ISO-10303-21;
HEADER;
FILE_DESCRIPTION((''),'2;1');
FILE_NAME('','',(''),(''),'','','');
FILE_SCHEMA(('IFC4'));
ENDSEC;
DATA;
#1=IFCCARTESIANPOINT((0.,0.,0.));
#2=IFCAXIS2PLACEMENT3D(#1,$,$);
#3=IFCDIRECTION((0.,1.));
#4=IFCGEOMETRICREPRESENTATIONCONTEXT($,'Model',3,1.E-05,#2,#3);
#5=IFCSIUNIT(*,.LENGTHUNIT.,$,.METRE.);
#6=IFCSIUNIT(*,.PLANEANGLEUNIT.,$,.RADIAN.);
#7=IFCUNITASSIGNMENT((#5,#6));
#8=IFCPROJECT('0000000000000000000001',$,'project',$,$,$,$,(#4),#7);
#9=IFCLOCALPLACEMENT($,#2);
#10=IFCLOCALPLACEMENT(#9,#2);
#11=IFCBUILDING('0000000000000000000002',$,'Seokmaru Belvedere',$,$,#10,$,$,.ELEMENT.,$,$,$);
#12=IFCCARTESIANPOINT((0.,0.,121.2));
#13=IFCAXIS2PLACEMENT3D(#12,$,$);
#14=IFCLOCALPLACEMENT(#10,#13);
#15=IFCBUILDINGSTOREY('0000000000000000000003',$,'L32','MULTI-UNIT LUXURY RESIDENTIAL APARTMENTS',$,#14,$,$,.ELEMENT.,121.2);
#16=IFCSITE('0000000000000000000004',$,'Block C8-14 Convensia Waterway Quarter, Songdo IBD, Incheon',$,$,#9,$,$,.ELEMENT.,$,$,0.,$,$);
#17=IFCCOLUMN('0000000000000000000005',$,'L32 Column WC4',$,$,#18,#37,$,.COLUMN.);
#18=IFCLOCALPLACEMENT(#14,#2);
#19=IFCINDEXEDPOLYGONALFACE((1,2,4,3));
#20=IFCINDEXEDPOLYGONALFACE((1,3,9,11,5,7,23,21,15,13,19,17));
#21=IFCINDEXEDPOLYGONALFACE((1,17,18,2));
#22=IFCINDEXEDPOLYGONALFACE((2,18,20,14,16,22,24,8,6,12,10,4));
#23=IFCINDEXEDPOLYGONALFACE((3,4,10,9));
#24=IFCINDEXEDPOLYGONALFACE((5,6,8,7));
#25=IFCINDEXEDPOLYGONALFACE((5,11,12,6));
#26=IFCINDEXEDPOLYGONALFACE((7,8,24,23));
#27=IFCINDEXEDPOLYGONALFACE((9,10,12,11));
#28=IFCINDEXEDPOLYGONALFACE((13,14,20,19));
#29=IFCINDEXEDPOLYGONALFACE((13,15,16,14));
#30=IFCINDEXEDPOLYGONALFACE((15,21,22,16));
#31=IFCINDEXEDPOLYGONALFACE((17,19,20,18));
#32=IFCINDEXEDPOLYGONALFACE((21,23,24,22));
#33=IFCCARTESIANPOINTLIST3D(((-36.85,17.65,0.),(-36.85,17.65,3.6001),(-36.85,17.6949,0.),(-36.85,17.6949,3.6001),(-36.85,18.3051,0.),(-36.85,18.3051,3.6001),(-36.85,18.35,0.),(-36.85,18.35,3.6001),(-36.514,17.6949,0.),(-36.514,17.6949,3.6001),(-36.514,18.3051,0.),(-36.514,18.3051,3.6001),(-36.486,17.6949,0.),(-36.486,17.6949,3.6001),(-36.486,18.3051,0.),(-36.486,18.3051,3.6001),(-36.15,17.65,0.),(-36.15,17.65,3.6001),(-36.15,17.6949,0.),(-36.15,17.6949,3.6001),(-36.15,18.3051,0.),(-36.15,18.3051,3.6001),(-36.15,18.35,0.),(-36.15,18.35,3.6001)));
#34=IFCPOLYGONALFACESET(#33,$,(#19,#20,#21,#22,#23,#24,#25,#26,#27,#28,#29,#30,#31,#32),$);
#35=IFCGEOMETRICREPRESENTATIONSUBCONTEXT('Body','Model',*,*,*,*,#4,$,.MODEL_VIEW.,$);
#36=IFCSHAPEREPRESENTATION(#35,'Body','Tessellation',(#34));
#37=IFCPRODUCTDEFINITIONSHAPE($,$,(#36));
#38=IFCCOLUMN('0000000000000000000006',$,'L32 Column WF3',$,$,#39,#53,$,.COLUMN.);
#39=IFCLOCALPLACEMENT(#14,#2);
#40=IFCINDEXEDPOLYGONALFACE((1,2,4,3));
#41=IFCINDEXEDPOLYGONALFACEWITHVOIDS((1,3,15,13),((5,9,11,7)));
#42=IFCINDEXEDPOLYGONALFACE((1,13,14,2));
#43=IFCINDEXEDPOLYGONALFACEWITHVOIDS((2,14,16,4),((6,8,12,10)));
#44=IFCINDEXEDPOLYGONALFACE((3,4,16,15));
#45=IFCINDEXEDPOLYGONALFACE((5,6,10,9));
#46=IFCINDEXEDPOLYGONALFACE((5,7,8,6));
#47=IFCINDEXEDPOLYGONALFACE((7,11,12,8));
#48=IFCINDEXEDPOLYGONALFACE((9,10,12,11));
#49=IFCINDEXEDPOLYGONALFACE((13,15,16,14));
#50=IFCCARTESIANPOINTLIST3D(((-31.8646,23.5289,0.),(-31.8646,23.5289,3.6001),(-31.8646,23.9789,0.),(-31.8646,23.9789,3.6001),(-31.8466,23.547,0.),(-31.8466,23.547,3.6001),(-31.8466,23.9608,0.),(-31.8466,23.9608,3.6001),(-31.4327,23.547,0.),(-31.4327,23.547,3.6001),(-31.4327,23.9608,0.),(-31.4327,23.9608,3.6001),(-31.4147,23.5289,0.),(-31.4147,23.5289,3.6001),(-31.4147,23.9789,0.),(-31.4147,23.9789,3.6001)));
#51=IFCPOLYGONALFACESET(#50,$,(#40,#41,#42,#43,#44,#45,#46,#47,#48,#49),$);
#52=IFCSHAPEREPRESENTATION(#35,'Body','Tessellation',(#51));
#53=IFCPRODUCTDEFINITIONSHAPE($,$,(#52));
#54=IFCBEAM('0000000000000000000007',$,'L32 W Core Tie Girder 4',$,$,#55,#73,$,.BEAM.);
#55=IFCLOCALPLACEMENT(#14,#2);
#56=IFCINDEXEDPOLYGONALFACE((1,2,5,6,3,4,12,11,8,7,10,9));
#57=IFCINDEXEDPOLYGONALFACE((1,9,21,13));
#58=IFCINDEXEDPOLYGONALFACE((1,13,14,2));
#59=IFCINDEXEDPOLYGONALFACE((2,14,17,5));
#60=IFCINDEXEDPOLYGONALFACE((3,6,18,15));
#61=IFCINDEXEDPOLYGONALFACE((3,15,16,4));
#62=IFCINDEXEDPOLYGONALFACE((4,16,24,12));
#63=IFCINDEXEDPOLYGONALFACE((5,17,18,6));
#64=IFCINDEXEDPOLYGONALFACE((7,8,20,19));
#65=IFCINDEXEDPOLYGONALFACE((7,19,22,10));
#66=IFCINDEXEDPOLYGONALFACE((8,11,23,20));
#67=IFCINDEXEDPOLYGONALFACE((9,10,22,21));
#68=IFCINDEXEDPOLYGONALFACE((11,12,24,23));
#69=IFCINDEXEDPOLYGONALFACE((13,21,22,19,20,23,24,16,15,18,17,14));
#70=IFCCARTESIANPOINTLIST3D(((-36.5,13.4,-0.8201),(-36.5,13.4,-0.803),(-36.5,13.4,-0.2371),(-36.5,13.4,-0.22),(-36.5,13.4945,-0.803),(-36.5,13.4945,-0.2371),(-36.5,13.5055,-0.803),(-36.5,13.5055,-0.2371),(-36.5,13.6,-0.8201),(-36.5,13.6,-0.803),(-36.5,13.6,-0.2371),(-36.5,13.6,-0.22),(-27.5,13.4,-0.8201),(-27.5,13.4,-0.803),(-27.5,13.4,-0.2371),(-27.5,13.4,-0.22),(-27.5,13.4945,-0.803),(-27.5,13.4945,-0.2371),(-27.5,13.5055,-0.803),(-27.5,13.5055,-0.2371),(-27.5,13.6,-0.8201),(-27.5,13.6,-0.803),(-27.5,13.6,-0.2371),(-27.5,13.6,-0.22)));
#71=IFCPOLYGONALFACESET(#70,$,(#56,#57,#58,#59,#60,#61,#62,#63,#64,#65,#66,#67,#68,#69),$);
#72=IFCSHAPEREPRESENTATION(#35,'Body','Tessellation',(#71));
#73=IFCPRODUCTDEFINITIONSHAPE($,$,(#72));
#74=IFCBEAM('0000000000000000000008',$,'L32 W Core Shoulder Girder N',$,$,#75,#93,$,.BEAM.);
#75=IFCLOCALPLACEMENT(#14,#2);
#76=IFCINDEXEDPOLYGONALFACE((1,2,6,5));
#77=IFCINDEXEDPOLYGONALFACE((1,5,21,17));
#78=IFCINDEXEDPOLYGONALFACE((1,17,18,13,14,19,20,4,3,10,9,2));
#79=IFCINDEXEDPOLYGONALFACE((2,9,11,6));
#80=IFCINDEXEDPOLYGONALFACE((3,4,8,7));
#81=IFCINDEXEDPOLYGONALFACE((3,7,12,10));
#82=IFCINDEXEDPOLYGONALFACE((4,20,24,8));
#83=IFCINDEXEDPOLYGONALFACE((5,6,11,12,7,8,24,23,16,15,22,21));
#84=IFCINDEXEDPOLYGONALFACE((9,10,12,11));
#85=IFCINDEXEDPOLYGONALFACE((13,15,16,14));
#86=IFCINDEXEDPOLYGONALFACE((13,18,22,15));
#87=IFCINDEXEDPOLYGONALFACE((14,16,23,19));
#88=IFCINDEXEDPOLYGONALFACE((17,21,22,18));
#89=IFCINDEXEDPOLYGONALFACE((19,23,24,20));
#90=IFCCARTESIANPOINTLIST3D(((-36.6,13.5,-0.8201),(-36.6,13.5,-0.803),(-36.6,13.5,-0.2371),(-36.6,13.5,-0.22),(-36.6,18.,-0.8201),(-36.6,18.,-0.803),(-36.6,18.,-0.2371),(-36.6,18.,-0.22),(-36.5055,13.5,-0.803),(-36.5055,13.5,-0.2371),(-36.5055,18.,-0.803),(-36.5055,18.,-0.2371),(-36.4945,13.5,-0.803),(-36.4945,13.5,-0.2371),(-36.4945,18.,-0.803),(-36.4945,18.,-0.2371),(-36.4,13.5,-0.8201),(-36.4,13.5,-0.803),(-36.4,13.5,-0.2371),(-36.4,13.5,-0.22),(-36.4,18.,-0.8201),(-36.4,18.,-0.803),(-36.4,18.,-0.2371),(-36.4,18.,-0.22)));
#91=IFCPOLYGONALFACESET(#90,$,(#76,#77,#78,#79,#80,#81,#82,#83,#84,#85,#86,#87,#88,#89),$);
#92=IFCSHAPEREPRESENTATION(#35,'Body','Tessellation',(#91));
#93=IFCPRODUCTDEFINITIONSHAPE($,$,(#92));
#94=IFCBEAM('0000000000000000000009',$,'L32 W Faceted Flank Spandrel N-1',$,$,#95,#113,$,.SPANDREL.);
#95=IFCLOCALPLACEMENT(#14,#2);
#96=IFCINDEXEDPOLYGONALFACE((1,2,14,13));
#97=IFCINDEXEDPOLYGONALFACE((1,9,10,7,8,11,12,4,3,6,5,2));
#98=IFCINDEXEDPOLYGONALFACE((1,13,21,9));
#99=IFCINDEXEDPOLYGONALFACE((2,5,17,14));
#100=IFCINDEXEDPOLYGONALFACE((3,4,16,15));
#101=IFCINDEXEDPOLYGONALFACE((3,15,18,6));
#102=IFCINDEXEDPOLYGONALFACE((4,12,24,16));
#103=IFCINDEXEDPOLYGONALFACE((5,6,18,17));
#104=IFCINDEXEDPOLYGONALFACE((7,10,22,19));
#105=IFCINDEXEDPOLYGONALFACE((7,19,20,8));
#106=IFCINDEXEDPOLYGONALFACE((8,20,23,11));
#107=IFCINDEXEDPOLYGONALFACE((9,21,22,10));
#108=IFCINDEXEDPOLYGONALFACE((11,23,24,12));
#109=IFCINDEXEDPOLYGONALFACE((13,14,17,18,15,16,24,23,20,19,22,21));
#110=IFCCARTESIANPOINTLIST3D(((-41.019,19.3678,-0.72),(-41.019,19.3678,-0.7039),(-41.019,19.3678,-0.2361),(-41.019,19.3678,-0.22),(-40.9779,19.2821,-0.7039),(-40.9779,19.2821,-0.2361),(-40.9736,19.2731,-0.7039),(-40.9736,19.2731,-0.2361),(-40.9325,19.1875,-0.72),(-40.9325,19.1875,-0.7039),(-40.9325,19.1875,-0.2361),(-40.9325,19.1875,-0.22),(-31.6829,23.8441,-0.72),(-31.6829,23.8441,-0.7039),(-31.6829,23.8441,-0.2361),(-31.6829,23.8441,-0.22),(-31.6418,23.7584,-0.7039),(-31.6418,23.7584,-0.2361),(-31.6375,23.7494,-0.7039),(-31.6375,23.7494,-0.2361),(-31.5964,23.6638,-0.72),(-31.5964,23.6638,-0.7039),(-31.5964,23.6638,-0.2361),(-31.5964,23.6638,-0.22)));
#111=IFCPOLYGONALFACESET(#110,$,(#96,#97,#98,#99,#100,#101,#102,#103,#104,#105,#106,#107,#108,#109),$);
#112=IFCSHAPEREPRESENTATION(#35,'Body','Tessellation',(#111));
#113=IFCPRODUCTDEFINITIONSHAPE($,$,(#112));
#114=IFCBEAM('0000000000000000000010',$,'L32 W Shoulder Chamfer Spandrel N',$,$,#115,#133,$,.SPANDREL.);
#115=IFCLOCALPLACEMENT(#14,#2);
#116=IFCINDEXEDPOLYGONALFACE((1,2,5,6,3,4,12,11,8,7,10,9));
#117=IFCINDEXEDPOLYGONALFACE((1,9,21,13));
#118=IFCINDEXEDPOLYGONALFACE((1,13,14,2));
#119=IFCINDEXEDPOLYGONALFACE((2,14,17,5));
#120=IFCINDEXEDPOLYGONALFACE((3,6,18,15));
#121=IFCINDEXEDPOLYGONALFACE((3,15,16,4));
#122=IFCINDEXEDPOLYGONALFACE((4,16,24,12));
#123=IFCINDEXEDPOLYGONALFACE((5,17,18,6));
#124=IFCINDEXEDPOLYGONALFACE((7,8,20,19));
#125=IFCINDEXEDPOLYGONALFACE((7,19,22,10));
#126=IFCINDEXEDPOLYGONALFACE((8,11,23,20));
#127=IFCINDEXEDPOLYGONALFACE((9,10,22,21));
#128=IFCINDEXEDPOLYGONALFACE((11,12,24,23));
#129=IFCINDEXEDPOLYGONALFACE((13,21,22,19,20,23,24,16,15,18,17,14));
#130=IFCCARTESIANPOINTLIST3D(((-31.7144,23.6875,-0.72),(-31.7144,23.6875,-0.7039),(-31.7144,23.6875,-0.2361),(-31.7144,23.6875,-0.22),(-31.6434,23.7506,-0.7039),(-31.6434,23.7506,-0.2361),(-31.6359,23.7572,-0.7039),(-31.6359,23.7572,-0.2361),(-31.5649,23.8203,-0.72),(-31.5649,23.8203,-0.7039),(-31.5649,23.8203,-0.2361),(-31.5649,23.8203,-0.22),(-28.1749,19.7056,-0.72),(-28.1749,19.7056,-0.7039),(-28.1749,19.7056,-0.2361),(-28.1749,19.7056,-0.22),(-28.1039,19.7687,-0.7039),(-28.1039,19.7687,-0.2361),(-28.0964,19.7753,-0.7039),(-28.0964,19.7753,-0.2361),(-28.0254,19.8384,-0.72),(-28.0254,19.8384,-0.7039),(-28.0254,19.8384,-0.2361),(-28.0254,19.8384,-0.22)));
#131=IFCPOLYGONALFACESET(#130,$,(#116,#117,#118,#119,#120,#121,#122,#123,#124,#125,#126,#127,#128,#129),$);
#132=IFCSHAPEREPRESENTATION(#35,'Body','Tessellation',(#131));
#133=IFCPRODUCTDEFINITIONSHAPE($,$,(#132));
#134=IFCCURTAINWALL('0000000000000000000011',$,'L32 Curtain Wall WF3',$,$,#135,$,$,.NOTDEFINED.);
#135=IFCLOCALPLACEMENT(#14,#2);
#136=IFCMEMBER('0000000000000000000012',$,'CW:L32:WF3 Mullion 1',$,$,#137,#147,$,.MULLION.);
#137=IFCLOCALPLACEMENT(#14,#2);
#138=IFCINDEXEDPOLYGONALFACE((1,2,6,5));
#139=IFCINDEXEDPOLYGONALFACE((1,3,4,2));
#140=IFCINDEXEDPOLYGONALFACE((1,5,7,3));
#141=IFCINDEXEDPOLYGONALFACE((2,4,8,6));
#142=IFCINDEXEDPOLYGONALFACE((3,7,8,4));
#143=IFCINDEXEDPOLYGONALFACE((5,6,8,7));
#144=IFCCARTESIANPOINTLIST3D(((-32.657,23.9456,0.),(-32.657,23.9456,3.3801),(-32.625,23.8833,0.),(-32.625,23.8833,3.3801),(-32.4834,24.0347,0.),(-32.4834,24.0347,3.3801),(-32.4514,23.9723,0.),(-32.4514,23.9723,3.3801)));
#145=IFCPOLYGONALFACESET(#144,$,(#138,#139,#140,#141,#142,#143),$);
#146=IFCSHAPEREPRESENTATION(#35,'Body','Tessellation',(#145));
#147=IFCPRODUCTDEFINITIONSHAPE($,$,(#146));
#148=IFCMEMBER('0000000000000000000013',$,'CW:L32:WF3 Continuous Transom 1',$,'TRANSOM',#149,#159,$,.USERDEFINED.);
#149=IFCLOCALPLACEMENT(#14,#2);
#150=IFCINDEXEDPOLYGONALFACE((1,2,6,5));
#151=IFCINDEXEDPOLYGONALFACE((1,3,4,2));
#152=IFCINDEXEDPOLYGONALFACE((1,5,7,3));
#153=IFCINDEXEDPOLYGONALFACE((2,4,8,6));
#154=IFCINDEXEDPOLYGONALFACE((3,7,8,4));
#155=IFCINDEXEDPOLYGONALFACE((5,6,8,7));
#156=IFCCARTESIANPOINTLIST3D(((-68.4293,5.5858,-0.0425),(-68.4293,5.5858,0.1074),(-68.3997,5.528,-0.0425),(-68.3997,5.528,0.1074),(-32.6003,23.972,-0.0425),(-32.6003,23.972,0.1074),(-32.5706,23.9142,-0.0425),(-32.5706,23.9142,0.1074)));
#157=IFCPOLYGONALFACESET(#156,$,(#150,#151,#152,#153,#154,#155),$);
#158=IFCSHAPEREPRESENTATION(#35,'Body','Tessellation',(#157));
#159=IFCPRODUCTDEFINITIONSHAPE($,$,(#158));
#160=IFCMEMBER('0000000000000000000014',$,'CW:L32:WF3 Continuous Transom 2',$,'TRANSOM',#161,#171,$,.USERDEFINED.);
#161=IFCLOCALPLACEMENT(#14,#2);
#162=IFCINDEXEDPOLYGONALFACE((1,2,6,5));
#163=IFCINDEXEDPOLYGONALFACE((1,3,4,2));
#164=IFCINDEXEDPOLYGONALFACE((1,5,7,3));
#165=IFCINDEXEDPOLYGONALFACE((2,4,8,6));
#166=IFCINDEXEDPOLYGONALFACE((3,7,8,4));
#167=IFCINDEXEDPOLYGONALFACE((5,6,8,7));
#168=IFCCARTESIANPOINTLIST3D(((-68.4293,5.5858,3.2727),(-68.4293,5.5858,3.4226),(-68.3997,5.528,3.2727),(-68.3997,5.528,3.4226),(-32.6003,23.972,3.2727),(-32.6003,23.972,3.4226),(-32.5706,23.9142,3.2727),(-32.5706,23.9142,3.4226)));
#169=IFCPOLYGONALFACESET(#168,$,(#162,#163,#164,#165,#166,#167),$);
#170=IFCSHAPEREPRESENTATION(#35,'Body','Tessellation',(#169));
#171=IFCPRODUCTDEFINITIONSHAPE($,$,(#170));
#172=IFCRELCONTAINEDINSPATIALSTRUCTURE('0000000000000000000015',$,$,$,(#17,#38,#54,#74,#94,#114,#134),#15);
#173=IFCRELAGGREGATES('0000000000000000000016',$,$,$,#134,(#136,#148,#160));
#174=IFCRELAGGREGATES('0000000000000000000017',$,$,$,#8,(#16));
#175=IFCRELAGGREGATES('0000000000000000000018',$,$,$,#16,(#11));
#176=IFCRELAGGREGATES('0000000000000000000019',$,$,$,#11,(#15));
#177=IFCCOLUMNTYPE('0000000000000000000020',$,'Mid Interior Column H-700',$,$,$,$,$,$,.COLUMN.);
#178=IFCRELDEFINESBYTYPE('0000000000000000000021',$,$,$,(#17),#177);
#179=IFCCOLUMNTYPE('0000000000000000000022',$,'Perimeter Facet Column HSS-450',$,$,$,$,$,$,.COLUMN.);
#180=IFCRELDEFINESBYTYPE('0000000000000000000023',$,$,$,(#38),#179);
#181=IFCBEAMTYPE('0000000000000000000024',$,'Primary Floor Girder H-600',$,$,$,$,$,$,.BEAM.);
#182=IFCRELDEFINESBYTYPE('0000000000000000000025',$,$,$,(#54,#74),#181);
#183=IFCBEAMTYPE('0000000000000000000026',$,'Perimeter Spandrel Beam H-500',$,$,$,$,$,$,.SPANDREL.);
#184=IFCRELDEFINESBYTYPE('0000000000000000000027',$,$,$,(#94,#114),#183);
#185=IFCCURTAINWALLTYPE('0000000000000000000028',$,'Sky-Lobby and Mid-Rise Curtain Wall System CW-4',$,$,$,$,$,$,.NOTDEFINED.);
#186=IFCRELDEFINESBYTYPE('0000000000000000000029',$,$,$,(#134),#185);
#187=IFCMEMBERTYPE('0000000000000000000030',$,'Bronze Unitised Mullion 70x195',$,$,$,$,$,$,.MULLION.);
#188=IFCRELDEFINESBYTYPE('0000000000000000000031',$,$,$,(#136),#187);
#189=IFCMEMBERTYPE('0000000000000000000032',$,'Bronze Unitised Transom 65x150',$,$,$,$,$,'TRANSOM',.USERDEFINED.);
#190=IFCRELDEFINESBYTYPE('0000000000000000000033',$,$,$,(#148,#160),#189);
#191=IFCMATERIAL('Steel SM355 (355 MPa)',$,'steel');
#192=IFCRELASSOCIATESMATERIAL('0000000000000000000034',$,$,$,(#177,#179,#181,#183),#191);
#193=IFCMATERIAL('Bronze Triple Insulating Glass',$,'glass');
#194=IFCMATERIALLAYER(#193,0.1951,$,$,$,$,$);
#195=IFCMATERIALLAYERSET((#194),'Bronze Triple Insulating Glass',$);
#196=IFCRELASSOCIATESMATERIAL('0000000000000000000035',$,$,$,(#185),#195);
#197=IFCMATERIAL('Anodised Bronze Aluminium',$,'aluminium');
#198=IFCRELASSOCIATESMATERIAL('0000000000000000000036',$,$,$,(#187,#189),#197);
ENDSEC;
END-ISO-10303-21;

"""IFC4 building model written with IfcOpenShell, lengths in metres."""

from ifc_helpers import new_model, si_unit, direction, frame, origin, origin_2d, place, context, subcontext, project, spatial, rectangle, hollow_rectangle, i_section, extrude, source, transform, mapped, material, layer, layer_set, material_profile, profile_set, type_object, type_shapes, element, aggregate, save


model = new_model("IFC4")

# Units and contexts
model_context = context("Model", 3, precision=1e-05, world=origin(), true_north=direction((0.0, 1.0)))
body_context = subcontext(model_context, "Body", "Model", "MODEL_VIEW")
ifc_project = project(units=[si_unit("LENGTHUNIT", "METRE"), si_unit("PLANEANGLEUNIT", "RADIAN")], contexts=[model_context])

# Site, building, storey
site_placement = place(None, origin())
site = spatial("IfcSite", under=ifc_project, at=site_placement, Name="Block C8-14 Convensia Waterway Quarter, Songdo IBD, Incheon", CompositionType="ELEMENT", RefElevation=0.0)
building_placement = place(site_placement, origin())
building = spatial("IfcBuilding", under=site, at=building_placement, Name="Seokmaru Belvedere", CompositionType="ELEMENT")
storey_placement = place(building_placement, frame((0.0, 0.0, 121.2)))
storey = spatial("IfcBuildingStorey", under=building, at=storey_placement, Name="L32", Description="MULTI-UNIT LUXURY RESIDENTIAL APARTMENTS", CompositionType="ELEMENT", Elevation=121.2)

# Columns
ifc_material_1 = material(Name="Steel SM355 (355 MPa)", Category="steel")
ifc_material_profile_1 = material_profile(ifc_material_1, i_section(OverallWidth=0.7, OverallDepth=0.7, WebThickness=0.0281, FlangeThickness=0.0449, at=origin_2d()), Name="H-700x700x28x45")
ifc_profile_set_1 = profile_set([ifc_material_profile_1], Name="Steel SM355 (355 MPa)")
column_type_1 = type_object("IfcColumnType", Name="Mid Interior Column H-700", PredefinedType="COLUMN", material=ifc_profile_set_1)
shared_shape_1 = source(origin(), body_context, "Body", "SweptSolid", [
    extrude(i_section(OverallWidth=0.7, OverallDepth=0.7, WebThickness=0.0281, FlangeThickness=0.0449, at=origin_2d()), origin(), (0.0, 0.0, 1.0), 3.6001),
])
type_shapes(column_type_1, [shared_shape_1])
column_1_placement = place(storey_placement, frame((-36.5, 18.0, 0.0), z_axis=(0.0, 0.0, 1.0), x_axis=(1.0, 0.0, 0.0)))
element("IfcColumn", 1, at=column_1_placement, inside=storey, type_object=column_type_1, Name="L32 Column WC4", PredefinedType="COLUMN", context=body_context, shape_type="MappedRepresentation", body=[
    mapped(shared_shape_1, transform((0.0, 0.0, 0.0), scale=1.0)),
])
ifc_material_profile_2 = material_profile(ifc_material_1, hollow_rectangle(XDim=0.45, YDim=0.45, WallThickness=0.0181, at=origin_2d()), Name="HSS-450x450x18")
ifc_profile_set_2 = profile_set([ifc_material_profile_2], Name="Steel SM355 (355 MPa)")
column_type_2 = type_object("IfcColumnType", Name="Perimeter Facet Column HSS-450", PredefinedType="COLUMN", material=ifc_profile_set_2)
shared_shape_2 = source(origin(), body_context, "Body", "SweptSolid", [
    extrude(hollow_rectangle(XDim=0.45, YDim=0.45, WallThickness=0.0181, at=origin_2d()), origin(), (0.0, 0.0, 1.0), 3.6001),
])
type_shapes(column_type_2, [shared_shape_2])
column_2_placement = place(storey_placement, frame((-31.6396, 23.7539, 0.0), z_axis=(0.0, 0.0, 1.0), x_axis=(1.0, 0.0, 0.0)))
element("IfcColumn", 2, at=column_2_placement, inside=storey, type_object=column_type_2, Name="L32 Column WF3", PredefinedType="COLUMN", context=body_context, shape_type="MappedRepresentation", body=[
    mapped(shared_shape_2, transform((0.0, 0.0, 0.0), scale=1.0)),
])

# Beams
ifc_material_profile_3 = material_profile(ifc_material_1, i_section(OverallWidth=0.2, OverallDepth=0.6001, WebThickness=0.011, FlangeThickness=0.0171, at=origin_2d()), Name="H-600x200x11x17")
ifc_profile_set_3 = profile_set([ifc_material_profile_3], Name="Steel SM355 (355 MPa)")
beam_type_1 = type_object("IfcBeamType", Name="Primary Floor Girder H-600", PredefinedType="BEAM", material=ifc_profile_set_3)
shared_shape_3 = source(origin(), body_context, "Body", "SweptSolid", [
    extrude(i_section(OverallWidth=0.2, OverallDepth=0.6001, WebThickness=0.011, FlangeThickness=0.0171, at=origin_2d()), origin(), (0.0, 0.0, 1.0), 9.0),
])
beam_1_placement = place(storey_placement, frame((-36.5, 13.5, -0.52), z_axis=(1.0, 0.0, 0.0), x_axis=(0.0, 1.0, 0.0)))
element("IfcBeam", 3, at=beam_1_placement, inside=storey, type_object=beam_type_1, Name="L32 W Core Tie Girder 4", PredefinedType="BEAM", context=body_context, shape_type="MappedRepresentation", body=[
    mapped(shared_shape_3, transform((0.0, 0.0, 0.0), scale=1.0)),
])
shared_shape_4 = source(origin(), body_context, "Body", "SweptSolid", [
    extrude(i_section(OverallWidth=0.2, OverallDepth=0.6001, WebThickness=0.011, FlangeThickness=0.0171, at=origin_2d()), origin(), (0.0, 0.0, 1.0), 4.5),
])
type_shapes(beam_type_1, [shared_shape_3, shared_shape_4])
beam_2_placement = place(storey_placement, frame((-36.5, 13.5, -0.52), z_axis=(0.0, 1.0, 0.0), x_axis=(-1.0, 0.0, 0.0)))
element("IfcBeam", 4, at=beam_2_placement, inside=storey, type_object=beam_type_1, Name="L32 W Core Shoulder Girder N", PredefinedType="BEAM", context=body_context, shape_type="MappedRepresentation", body=[
    mapped(shared_shape_4, transform((0.0, 0.0, 0.0), scale=1.0)),
])
ifc_material_profile_4 = material_profile(ifc_material_1, i_section(OverallWidth=0.2, OverallDepth=0.5, WebThickness=0.01, FlangeThickness=0.0161, at=origin_2d()), Name="H-500x200x10x16")
ifc_profile_set_4 = profile_set([ifc_material_profile_4], Name="Steel SM355 (355 MPa)")
beam_type_2 = type_object("IfcBeamType", Name="Perimeter Spandrel Beam H-500", PredefinedType="SPANDREL", material=ifc_profile_set_4)
shared_shape_5 = source(origin(), body_context, "Body", "SweptSolid", [
    extrude(i_section(OverallWidth=0.2, OverallDepth=0.5, WebThickness=0.01, FlangeThickness=0.0161, at=origin_2d()), origin(), (0.0, 0.0, 1.0), 10.3538),
])
beam_3_placement = place(storey_placement, frame((-31.6396, 23.7539, -0.47), z_axis=(-0.901713, -0.432335, 0.0), x_axis=(0.432335, -0.901713, 0.0)))
element("IfcBeam", 5, at=beam_3_placement, inside=storey, type_object=beam_type_2, Name="L32 W Faceted Flank Spandrel N-1", PredefinedType="SPANDREL", context=body_context, shape_type="MappedRepresentation", body=[
    mapped(shared_shape_5, transform((0.0, 0.0, 0.0), scale=1.0)),
])
shared_shape_6 = source(origin(), body_context, "Body", "SweptSolid", [
    extrude(i_section(OverallWidth=0.2, OverallDepth=0.5, WebThickness=0.01, FlangeThickness=0.0161, at=origin_2d()), origin(), (0.0, 0.0, 1.0), 5.3276),
])
type_shapes(beam_type_2, [shared_shape_5, shared_shape_6])
beam_4_placement = place(storey_placement, frame((-31.6396, 23.7539, -0.47), z_axis=(0.66437, -0.747404, 0.0), x_axis=(0.747404, 0.66437, 0.0)))
element("IfcBeam", 6, at=beam_4_placement, inside=storey, type_object=beam_type_2, Name="L32 W Shoulder Chamfer Spandrel N", PredefinedType="SPANDREL", context=body_context, shape_type="MappedRepresentation", body=[
    mapped(shared_shape_6, transform((0.0, 0.0, 0.0), scale=1.0)),
])

# Curtain wall, members
ifc_material_2 = material(Name="Bronze Triple Insulating Glass", Category="glass")
ifc_layer_1 = layer(ifc_material_2, 0.1951)
ifc_layer_set_1 = layer_set([ifc_layer_1], Name="Bronze Triple Insulating Glass")
curtain_wall_type = type_object("IfcCurtainWallType", Name="Sky-Lobby and Mid-Rise Curtain Wall System CW-4", PredefinedType="NOTDEFINED", material=ifc_layer_set_1)
curtain_wall_placement = place(storey_placement, origin())
curtain_wall = element("IfcCurtainWall", 7, at=curtain_wall_placement, inside=storey, type_object=curtain_wall_type, Name="L32 Curtain Wall WF3", PredefinedType="NOTDEFINED")
ifc_material_3 = material(Name="Anodised Bronze Aluminium", Category="aluminium")
ifc_material_profile_5 = material_profile(ifc_material_3, rectangle(XDim=0.0701, YDim=0.1951, at=origin_2d()), Name="CW-M-70x195")
ifc_profile_set_5 = profile_set([ifc_material_profile_5], Name="Anodised Bronze Aluminium")
member_type_1 = type_object("IfcMemberType", Name="Bronze Unitised Mullion 70x195", PredefinedType="MULLION", material=ifc_profile_set_5)
shared_shape_7 = source(origin(), body_context, "Body", "SweptSolid", [
    extrude(rectangle(XDim=0.0701, YDim=0.1951, at=origin_2d()), origin(), (0.0, 0.0, 1.0), 3.3801),
])
type_shapes(member_type_1, [shared_shape_7])
member_1_placement = place(storey_placement, frame((-32.5542, 23.959, 0.0), z_axis=(0.0, 0.0, 1.0), x_axis=(0.456555, -0.889695, 0.0)))
member_1 = element("IfcMember", 8, at=member_1_placement, type_object=member_type_1, Name="CW:L32:WF3 Mullion 1", PredefinedType="MULLION", context=body_context, shape_type="MappedRepresentation", body=[
    mapped(shared_shape_7, transform((0.0, 0.0, 0.0), scale=1.0)),
])
ifc_material_profile_6 = material_profile(ifc_material_3, rectangle(XDim=0.0649, YDim=0.1499, at=origin_2d()), Name="CW-T-65x150")
ifc_profile_set_6 = profile_set([ifc_material_profile_6], Name="Anodised Bronze Aluminium")
member_type_2 = type_object("IfcMemberType", Name="Bronze Unitised Transom 65x150", ElementType="TRANSOM", PredefinedType="USERDEFINED", material=ifc_profile_set_6)
shared_shape_8 = source(origin(), body_context, "Body", "SweptSolid", [
    extrude(rectangle(XDim=0.0649, YDim=0.1499, at=origin_2d()), origin(), (0.0, 0.0, 1.0), 40.2712),
])
type_shapes(member_type_2, [shared_shape_8])
member_2_placement = place(storey_placement, frame((-32.5854, 23.9431, 0.0325), z_axis=(-0.889693, -0.456559, 0.0), x_axis=(0.456559, -0.889693, 0.0)))
member_2 = element("IfcMember", 9, at=member_2_placement, type_object=member_type_2, Name="CW:L32:WF3 Continuous Transom 1", ObjectType="TRANSOM", PredefinedType="USERDEFINED", context=body_context, shape_type="MappedRepresentation", body=[
    mapped(shared_shape_8, transform((0.0, 0.0, 0.0), scale=1.0)),
])
member_3_placement = place(storey_placement, frame((-32.5854, 23.9431, 3.3477), z_axis=(-0.889693, -0.456559, 0.0), x_axis=(0.456559, -0.889693, 0.0)))
member_3 = element("IfcMember", 10, at=member_3_placement, type_object=member_type_2, Name="CW:L32:WF3 Continuous Transom 2", ObjectType="TRANSOM", PredefinedType="USERDEFINED", context=body_context, shape_type="MappedRepresentation", body=[
    mapped(shared_shape_8, transform((0.0, 0.0, 0.0), scale=1.0)),
])
aggregate(curtain_wall, [member_1, member_2, member_3])

save(model, "model.ifc")
